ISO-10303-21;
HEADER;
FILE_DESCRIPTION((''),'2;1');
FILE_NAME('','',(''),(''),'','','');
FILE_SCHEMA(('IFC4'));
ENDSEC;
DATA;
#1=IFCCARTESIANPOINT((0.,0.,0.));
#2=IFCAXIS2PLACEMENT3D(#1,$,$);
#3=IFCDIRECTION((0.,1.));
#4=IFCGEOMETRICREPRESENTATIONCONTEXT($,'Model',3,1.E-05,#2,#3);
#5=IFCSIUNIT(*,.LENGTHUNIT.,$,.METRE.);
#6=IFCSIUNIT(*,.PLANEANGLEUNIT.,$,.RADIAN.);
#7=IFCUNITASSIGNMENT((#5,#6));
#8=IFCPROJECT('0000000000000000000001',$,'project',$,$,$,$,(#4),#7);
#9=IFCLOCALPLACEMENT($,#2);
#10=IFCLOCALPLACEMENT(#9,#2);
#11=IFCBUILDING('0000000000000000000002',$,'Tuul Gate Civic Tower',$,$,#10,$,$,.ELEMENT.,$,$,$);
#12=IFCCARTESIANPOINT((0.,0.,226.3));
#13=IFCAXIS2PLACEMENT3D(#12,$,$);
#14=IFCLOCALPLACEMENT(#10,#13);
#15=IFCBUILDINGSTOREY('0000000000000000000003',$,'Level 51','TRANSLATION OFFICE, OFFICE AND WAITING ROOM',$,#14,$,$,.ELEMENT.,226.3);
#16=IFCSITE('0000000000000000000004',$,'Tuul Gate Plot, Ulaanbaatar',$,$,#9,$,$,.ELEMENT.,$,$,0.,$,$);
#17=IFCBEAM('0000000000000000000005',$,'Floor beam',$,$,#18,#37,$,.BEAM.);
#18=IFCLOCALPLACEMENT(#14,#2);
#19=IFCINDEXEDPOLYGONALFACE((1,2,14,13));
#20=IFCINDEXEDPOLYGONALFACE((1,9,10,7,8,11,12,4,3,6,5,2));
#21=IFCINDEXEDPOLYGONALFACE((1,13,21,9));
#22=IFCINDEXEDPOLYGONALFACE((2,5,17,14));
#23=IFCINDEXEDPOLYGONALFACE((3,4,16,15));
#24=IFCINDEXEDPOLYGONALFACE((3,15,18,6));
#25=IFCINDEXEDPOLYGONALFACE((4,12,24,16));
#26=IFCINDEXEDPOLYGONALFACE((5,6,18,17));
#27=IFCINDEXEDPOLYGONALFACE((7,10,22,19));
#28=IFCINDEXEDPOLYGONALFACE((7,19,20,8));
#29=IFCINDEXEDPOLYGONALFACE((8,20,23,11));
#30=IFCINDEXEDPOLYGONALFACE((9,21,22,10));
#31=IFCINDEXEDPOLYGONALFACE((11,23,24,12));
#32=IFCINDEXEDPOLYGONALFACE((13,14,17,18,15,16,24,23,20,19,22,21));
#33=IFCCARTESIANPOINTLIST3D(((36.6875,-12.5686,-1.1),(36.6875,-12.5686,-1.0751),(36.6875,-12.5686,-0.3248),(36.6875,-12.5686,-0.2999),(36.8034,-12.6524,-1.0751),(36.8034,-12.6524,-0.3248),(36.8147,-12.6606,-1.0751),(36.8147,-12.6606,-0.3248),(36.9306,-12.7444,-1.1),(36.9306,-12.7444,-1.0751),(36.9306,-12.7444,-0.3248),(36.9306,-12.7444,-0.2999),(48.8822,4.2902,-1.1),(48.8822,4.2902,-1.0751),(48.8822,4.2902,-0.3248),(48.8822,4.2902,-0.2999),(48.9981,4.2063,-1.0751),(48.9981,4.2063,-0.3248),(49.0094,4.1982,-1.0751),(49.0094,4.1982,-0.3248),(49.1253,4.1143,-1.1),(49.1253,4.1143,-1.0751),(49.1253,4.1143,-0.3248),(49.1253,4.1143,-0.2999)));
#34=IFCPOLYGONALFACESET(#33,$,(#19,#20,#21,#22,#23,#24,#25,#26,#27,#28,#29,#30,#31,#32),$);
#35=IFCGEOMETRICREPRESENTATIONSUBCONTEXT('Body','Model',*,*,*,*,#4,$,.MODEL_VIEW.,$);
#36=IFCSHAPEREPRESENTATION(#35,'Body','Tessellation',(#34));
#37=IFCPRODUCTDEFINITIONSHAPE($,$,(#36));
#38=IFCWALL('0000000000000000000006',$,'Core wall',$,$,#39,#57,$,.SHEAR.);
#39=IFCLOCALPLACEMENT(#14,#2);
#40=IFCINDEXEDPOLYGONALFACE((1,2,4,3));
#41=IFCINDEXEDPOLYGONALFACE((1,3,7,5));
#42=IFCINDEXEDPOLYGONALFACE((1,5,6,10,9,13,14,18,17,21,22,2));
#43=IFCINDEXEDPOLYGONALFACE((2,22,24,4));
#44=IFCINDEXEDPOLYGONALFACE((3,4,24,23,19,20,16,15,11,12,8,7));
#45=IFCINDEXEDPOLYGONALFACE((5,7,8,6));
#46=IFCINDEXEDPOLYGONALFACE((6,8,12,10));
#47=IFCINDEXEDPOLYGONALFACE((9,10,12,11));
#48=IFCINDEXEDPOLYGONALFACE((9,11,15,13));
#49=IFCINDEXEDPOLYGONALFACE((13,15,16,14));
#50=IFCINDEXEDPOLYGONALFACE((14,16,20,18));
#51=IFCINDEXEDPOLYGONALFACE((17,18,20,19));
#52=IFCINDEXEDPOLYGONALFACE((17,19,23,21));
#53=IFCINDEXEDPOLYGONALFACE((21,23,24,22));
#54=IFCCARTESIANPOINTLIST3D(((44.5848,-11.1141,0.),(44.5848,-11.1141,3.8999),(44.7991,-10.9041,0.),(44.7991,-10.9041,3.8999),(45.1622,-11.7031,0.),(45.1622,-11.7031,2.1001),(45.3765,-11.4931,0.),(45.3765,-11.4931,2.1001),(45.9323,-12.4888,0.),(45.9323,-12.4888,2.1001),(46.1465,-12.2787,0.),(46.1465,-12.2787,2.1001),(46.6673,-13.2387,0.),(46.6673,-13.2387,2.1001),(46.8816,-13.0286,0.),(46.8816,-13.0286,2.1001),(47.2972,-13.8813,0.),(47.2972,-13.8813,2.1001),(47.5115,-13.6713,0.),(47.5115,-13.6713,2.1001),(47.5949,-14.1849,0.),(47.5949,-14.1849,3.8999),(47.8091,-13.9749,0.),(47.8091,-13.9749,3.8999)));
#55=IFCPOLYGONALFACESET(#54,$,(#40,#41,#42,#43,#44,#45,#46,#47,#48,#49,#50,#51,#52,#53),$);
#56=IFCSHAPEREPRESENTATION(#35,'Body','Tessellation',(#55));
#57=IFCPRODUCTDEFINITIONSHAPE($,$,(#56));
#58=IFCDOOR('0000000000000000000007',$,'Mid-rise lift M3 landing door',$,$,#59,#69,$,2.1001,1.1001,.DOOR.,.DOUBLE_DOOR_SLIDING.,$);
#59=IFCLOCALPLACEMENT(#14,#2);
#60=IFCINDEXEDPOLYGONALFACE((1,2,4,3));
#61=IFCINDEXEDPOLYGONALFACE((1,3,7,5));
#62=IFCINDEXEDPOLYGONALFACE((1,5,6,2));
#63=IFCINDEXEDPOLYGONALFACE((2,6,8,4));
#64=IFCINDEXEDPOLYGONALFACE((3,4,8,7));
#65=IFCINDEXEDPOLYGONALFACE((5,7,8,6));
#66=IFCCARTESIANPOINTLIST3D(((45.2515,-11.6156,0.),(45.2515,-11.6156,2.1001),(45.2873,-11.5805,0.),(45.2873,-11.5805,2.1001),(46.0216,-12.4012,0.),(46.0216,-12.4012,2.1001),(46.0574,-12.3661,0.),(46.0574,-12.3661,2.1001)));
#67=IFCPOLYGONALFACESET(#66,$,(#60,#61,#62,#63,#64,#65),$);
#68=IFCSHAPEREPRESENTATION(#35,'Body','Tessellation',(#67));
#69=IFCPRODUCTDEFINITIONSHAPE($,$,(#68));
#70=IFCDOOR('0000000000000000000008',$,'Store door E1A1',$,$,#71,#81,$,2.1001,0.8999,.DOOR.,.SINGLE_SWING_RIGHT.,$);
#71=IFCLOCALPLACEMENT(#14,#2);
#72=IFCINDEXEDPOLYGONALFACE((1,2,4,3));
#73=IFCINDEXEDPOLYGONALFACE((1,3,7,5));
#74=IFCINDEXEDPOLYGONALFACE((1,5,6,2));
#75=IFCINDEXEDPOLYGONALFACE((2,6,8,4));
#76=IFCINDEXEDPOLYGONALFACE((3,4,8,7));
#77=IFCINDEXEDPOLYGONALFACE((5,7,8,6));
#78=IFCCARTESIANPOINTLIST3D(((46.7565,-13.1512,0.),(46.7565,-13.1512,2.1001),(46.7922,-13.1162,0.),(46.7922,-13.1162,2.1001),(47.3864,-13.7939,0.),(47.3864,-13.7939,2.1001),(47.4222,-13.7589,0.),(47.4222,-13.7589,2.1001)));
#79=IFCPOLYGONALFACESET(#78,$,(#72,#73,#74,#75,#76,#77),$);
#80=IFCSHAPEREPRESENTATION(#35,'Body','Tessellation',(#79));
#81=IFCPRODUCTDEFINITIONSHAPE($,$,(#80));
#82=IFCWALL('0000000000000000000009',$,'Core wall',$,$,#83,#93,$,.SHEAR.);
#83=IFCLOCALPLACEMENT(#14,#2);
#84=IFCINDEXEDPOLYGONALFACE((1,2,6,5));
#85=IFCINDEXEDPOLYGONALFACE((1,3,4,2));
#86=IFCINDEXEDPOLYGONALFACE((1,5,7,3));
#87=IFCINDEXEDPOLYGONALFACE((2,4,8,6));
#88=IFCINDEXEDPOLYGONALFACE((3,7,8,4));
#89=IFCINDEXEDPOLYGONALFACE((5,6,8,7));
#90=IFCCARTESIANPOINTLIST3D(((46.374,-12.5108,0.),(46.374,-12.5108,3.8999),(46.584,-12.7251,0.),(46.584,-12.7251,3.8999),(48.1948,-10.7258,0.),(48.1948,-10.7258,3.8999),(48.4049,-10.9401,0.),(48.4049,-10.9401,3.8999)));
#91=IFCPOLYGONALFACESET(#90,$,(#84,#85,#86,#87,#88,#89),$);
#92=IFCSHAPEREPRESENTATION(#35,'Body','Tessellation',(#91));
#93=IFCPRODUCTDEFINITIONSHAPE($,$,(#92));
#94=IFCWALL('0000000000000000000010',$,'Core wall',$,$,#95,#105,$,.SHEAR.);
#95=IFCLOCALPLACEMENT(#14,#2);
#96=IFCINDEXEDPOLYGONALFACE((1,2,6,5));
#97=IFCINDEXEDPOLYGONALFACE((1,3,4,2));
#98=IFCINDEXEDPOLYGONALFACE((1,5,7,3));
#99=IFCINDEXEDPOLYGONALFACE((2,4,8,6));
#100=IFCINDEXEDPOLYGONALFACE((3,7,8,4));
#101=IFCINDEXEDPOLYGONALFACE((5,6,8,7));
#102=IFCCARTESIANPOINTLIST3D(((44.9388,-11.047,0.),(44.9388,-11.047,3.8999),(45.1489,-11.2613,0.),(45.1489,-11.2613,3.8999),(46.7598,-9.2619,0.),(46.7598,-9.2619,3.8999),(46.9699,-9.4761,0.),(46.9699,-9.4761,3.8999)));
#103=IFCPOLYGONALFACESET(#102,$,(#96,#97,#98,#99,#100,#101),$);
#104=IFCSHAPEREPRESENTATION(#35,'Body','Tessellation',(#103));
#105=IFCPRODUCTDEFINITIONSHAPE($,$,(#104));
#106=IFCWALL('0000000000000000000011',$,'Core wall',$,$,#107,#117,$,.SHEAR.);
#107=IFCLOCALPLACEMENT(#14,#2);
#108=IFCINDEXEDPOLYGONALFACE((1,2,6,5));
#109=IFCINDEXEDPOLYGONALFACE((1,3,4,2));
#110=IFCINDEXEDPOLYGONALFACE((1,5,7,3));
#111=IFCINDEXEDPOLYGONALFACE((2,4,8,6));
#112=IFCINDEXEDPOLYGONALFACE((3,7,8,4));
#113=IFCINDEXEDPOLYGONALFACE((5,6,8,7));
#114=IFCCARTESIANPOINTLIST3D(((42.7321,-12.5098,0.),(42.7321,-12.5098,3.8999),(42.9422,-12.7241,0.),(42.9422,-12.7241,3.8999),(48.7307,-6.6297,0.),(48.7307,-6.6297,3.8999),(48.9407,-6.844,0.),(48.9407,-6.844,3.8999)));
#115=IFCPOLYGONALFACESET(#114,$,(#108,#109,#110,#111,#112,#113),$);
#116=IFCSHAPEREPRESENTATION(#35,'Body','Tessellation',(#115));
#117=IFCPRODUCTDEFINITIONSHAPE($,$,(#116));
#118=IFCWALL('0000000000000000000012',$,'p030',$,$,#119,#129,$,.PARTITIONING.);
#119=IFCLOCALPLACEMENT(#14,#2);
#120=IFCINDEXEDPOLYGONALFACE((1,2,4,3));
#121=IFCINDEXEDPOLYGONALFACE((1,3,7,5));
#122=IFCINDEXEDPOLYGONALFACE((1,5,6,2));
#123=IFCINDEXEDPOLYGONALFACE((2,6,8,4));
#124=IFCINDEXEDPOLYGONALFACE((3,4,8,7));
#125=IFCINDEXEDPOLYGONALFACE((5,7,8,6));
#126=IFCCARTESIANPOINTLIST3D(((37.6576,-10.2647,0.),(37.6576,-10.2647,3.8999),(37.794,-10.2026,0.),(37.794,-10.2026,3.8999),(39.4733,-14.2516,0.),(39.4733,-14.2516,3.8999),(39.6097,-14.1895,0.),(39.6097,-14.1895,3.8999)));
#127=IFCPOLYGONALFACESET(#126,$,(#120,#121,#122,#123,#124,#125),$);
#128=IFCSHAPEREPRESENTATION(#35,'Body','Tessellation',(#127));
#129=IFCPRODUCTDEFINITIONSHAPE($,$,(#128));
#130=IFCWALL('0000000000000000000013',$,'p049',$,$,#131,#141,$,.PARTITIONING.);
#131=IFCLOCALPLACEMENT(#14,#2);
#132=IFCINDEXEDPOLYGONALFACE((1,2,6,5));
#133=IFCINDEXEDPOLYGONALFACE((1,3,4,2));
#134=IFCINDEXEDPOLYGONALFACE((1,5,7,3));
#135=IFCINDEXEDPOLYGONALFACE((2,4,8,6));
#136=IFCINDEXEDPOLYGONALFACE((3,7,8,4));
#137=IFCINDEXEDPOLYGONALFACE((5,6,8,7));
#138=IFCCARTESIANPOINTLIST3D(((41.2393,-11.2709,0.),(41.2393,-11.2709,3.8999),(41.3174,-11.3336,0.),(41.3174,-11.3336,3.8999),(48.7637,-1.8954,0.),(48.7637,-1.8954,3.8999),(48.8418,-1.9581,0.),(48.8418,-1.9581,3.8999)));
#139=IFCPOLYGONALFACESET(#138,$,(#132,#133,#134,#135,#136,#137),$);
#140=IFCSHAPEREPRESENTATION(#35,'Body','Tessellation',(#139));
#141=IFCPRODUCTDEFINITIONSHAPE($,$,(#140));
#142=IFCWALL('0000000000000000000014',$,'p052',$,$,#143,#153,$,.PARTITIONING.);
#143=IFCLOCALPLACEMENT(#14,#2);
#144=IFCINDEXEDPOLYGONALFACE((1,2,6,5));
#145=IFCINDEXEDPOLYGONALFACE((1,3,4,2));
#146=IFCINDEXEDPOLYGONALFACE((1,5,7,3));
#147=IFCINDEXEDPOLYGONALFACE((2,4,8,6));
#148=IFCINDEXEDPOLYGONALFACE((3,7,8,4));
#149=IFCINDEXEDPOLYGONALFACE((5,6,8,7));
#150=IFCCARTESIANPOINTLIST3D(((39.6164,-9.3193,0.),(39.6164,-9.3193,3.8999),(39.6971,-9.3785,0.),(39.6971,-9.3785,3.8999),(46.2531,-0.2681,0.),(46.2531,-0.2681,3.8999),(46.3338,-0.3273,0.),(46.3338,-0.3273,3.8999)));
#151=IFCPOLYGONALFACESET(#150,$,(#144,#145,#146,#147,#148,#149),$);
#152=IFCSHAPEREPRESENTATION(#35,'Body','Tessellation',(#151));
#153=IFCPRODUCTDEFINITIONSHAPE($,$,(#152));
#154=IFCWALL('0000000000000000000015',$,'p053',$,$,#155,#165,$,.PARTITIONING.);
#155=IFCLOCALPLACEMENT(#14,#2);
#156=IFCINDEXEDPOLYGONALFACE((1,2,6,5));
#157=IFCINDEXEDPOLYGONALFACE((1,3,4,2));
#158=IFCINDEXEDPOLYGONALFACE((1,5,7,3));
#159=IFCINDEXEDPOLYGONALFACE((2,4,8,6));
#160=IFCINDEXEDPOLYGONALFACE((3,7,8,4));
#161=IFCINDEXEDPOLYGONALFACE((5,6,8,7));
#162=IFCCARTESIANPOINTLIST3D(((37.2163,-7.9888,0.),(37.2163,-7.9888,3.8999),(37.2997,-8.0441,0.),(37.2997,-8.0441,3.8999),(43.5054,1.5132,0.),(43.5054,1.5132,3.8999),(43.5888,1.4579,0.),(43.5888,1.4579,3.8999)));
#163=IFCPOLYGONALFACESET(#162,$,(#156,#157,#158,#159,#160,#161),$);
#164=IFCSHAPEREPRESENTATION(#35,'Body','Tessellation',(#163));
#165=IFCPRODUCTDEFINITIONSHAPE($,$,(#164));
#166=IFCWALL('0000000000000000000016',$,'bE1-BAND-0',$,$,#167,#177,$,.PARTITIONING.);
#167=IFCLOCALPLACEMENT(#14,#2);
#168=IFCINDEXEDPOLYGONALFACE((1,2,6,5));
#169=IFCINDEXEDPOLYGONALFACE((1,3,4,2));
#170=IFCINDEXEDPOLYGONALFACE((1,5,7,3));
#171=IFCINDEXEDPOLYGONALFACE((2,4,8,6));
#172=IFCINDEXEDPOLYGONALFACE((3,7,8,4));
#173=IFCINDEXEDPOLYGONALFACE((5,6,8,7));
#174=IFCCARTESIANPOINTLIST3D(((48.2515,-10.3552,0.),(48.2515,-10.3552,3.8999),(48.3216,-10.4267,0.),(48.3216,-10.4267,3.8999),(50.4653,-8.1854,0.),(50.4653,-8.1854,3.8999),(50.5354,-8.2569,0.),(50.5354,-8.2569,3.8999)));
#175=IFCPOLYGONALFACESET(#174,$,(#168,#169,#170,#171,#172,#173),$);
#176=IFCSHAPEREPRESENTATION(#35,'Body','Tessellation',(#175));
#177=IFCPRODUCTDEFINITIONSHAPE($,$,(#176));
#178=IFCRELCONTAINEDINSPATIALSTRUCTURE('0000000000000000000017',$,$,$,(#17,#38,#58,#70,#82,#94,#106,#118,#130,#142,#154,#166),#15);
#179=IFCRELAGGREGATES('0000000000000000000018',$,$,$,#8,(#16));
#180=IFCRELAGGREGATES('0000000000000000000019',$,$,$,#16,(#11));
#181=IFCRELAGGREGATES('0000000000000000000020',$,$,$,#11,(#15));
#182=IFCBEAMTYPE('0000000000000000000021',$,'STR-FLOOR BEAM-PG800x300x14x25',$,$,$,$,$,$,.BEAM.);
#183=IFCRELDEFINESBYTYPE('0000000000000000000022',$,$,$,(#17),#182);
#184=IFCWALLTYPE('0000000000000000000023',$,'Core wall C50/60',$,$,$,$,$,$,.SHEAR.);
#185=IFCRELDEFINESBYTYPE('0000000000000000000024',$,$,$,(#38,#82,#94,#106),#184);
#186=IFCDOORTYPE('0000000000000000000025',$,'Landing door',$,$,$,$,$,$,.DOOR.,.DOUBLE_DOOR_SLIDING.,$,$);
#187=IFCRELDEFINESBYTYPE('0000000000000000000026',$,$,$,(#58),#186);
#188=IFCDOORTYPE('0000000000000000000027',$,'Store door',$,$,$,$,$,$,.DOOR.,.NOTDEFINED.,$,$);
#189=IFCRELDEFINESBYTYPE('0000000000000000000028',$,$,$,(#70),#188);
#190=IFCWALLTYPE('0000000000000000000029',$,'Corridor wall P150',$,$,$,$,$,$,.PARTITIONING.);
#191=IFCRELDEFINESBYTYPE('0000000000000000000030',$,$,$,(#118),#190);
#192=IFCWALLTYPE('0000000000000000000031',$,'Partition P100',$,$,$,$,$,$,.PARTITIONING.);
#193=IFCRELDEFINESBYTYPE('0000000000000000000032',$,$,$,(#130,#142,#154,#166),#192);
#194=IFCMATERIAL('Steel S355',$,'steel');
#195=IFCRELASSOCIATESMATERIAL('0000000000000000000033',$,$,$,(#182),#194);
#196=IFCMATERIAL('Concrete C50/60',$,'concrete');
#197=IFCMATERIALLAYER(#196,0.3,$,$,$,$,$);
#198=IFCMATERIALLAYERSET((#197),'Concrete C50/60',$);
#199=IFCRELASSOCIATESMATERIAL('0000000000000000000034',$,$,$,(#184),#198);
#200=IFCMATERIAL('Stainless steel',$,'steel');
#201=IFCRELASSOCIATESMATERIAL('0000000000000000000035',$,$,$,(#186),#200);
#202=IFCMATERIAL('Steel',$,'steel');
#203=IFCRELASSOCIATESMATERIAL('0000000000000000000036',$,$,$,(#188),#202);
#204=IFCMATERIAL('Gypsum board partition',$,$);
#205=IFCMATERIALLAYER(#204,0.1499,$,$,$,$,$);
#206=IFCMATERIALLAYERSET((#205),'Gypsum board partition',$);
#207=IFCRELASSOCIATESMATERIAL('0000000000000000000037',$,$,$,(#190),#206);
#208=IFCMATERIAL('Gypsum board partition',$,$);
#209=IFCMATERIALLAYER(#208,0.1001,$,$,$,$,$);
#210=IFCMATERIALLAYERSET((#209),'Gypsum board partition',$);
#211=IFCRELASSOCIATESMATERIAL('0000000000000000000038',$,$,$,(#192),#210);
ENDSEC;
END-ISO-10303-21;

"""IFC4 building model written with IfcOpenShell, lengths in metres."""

from ifc_helpers import new_model, si_unit, direction, frame, frame_2d, origin, origin_2d, place, context, subcontext, project, spatial, rectangle, i_section, extrude, material, layer, layer_set, material_profile, profile_set, type_object, element, fill, save


model = new_model("IFC4")

# Units and contexts
model_context = context("Model", 3, precision=1e-05, world=origin(), true_north=direction((0.0, 1.0)))
body_context = subcontext(model_context, "Body", "Model", "MODEL_VIEW")
ifc_project = project(units=[si_unit("LENGTHUNIT", "METRE"), si_unit("PLANEANGLEUNIT", "RADIAN")], contexts=[model_context])

# Site, building, storey
site_placement = place(None, origin())
site = spatial("IfcSite", under=ifc_project, at=site_placement, Name="Tuul Gate Plot, Ulaanbaatar", CompositionType="ELEMENT", RefElevation=0.0)
building_placement = place(site_placement, origin())
building = spatial("IfcBuilding", under=site, at=building_placement, Name="Tuul Gate Civic Tower", CompositionType="ELEMENT")
storey_placement = place(building_placement, frame((0.0, 0.0, 226.3)))
storey = spatial("IfcBuildingStorey", under=building, at=storey_placement, Name="Level 51", Description="TRANSLATION OFFICE, OFFICE AND WAITING ROOM", CompositionType="ELEMENT", Elevation=226.3)

# Beam
ifc_material_1 = material(Name="Steel S355", Category="steel")
ifc_material_profile = material_profile(ifc_material_1, i_section(OverallWidth=0.3, OverallDepth=0.8, WebThickness=0.0139, FlangeThickness=0.0249, at=origin_2d()), Name="PG800x300x14x25")
ifc_profile_set = profile_set([ifc_material_profile], Name="Steel S355")
beam_type = type_object("IfcBeamType", Name="STR-FLOOR BEAM-PG800x300x14x25", PredefinedType="BEAM", material=ifc_profile_set)
beam_placement = place(storey_placement, frame((36.8091, -12.6565, -0.7), z_axis=(0.586087, 0.810248, 0.0), x_axis=(-0.810248, 0.586087, 0.0)))
element("IfcBeam", 1, at=beam_placement, inside=storey, type_object=beam_type, Name="Floor beam", PredefinedType="BEAM", context=body_context, shape_type="SweptSolid", body=[
    extrude(i_section(OverallWidth=0.3, OverallDepth=0.8, WebThickness=0.0139, FlangeThickness=0.0249, at=origin_2d()), origin(), (0.0, 0.0, 1.0), 20.8069),
])

# Wall, openings, doors
ifc_material_2 = material(Name="Concrete C50/60", Category="concrete")
ifc_layer_1 = layer(ifc_material_2, 0.3)
ifc_layer_set_1 = layer_set([ifc_layer_1], Name="Concrete C50/60")
wall_type_1 = type_object("IfcWallType", Name="Core wall C50/60", PredefinedType="SHEAR", material=ifc_layer_set_1)
wall_1_placement = place(storey_placement, frame((47.7019, -14.0798, 0.0), z_axis=(0.0, 0.0, 1.0), x_axis=(-0.700003, 0.71414, 0.0)))
wall_1 = element("IfcWall", 2, at=wall_1_placement, inside=storey, type_object=wall_type_1, Name="Core wall", PredefinedType="SHEAR", context=body_context, shape_type="SweptSolid", body=[
    extrude(rectangle(XDim=4.3, YDim=0.3, at=frame_2d((2.1499, 0.0))), origin(), (0.0, 0.0, 1.0), 3.8999),
])
opening_1_placement = place(wall_1_placement, frame((0.425, 0.0, 0.0)))
opening_1 = element("IfcOpeningElement", 3, at=opening_1_placement, cuts=wall_1, PredefinedType="OPENING", context=body_context, shape_type="SweptSolid", body=[
    extrude(rectangle(XDim=0.8999, YDim=2.1001, at=frame_2d((0.45, 1.05))), frame((0.0, 0.1602, 0.0), z_axis=(0.0, -1.0, 0.0), x_axis=(1.0, 0.0, 0.0)), (0.0, 0.0, 1.0), 0.3201),
])
opening_2_placement = place(wall_1_placement, frame((2.375, 0.0, 0.0)))
opening_2 = element("IfcOpeningElement", 4, at=opening_2_placement, cuts=wall_1, PredefinedType="OPENING", context=body_context, shape_type="SweptSolid", body=[
    extrude(rectangle(XDim=1.1001, YDim=2.1001, at=frame_2d((0.55, 1.05))), frame((0.0, 0.1602, 0.0), z_axis=(0.0, -1.0, 0.0), x_axis=(1.0, 0.0, 0.0)), (0.0, 0.0, 1.0), 0.3201),
])
ifc_material_3 = material(Name="Stainless steel", Category="steel")
door_type_1 = type_object("IfcDoorType", Name="Landing door", OperationType="DOUBLE_DOOR_SLIDING", PredefinedType="DOOR", material=ifc_material_3)
door_1_placement = place(opening_2_placement, origin())
door_1 = element("IfcDoor", 5, at=door_1_placement, inside=storey, type_object=door_type_1, Name="Mid-rise lift M3 landing door", OperationType="DOUBLE_DOOR_SLIDING", OverallHeight=2.1001, OverallWidth=1.1001, PredefinedType="DOOR", context=body_context, shape_type="SweptSolid", body=[
    extrude(rectangle(XDim=1.1001, YDim=2.1001, at=frame_2d((0.55, 1.05))), frame((0.0, 0.0249, 0.0), z_axis=(0.0, -1.0, 0.0), x_axis=(1.0, 0.0, 0.0)), (0.0, 0.0, 1.0), 0.05),
])
fill(opening_2, door_1)
ifc_material_4 = material(Name="Steel", Category="steel")
door_type_2 = type_object("IfcDoorType", Name="Store door", OperationType="NOTDEFINED", PredefinedType="DOOR", material=ifc_material_4)
door_2_placement = place(opening_1_placement, frame((0.8999, 0.0, 0.0), z_axis=(0.0, 0.0, 1.0), x_axis=(-1.0, 0.0, 0.0)))
door_2 = element("IfcDoor", 6, at=door_2_placement, inside=storey, type_object=door_type_2, Name="Store door E1A1", OperationType="SINGLE_SWING_RIGHT", OverallHeight=2.1001, OverallWidth=0.8999, PredefinedType="DOOR", context=body_context, shape_type="SweptSolid", body=[
    extrude(rectangle(XDim=0.8999, YDim=2.1001, at=frame_2d((0.45, 1.05))), frame((0.0, 0.0249, 0.0), z_axis=(0.0, -1.0, 0.0), x_axis=(1.0, 0.0, 0.0)), (0.0, 0.0, 1.0), 0.05),
])
fill(opening_1, door_2)

# Walls
wall_2_placement = place(storey_placement, frame((46.479, -12.6179, 0.0), z_axis=(0.0, 0.0, 1.0), x_axis=(0.714109, 0.700034, 0.0)))
element("IfcWall", 7, at=wall_2_placement, inside=storey, type_object=wall_type_1, Name="Core wall", PredefinedType="SHEAR", context=body_context, shape_type="SweptSolid", body=[
    extrude(rectangle(XDim=2.5498, YDim=0.3, at=frame_2d((1.2749, 0.0))), origin(), (0.0, 0.0, 1.0), 3.8999),
])
wall_3_placement = place(storey_placement, frame((45.0439, -11.1541, 0.0), z_axis=(0.0, 0.0, 1.0), x_axis=(0.714108, 0.700035, 0.0)))
element("IfcWall", 8, at=wall_3_placement, inside=storey, type_object=wall_type_1, Name="Core wall", PredefinedType="SHEAR", context=body_context, shape_type="SweptSolid", body=[
    extrude(rectangle(XDim=2.55, YDim=0.3, at=frame_2d((1.2749, 0.0))), origin(), (0.0, 0.0, 1.0), 3.8999),
])
wall_4_placement = place(storey_placement, frame((42.8372, -12.6169, 0.0), z_axis=(0.0, 0.0, 1.0), x_axis=(0.71412, 0.700023, 0.0)))
element("IfcWall", 9, at=wall_4_placement, inside=storey, type_object=wall_type_1, Name="Core wall", PredefinedType="SHEAR", context=body_context, shape_type="SweptSolid", body=[
    extrude(rectangle(XDim=8.3999, YDim=0.3, at=frame_2d((4.2, 0.0))), origin(), (0.0, 0.0, 1.0), 3.8999),
])
ifc_material_5 = material(Name="Gypsum board partition")
ifc_layer_2 = layer(ifc_material_5, 0.1499)
ifc_layer_set_2 = layer_set([ifc_layer_2], Name="Gypsum board partition")
wall_type_2 = type_object("IfcWallType", Name="Corridor wall P150", PredefinedType="PARTITIONING", material=ifc_layer_set_2)
wall_5_placement = place(storey_placement, frame((37.7258, -10.2336, 0.0), z_axis=(0.0, 0.0, 1.0), x_axis=(0.414462, -0.910067, 0.0)))
element("IfcWall", 10, at=wall_5_placement, inside=storey, type_object=wall_type_2, Name="p030", PredefinedType="PARTITIONING", context=body_context, shape_type="SweptSolid", body=[
    extrude(rectangle(XDim=4.3809, YDim=0.1499, at=frame_2d((2.1904, 0.0))), origin(), (0.0, 0.0, 1.0), 3.8999),
])
ifc_material_6 = material(Name="Gypsum board partition")
ifc_layer_3 = layer(ifc_material_6, 0.1001)
ifc_layer_set_3 = layer_set([ifc_layer_3], Name="Gypsum board partition")
wall_type_3 = type_object("IfcWallType", Name="Partition P100", PredefinedType="PARTITIONING", material=ifc_layer_set_3)
wall_6_placement = place(storey_placement, frame((41.2783, -11.3022, 0.0), z_axis=(0.0, 0.0, 1.0), x_axis=(0.625913, 0.779893, 0.0)))
element("IfcWall", 11, at=wall_6_placement, inside=storey, type_object=wall_type_3, Name="p049", PredefinedType="PARTITIONING", context=body_context, shape_type="SweptSolid", body=[
    extrude(rectangle(XDim=12.0215, YDim=0.1001, at=frame_2d((6.0107, 0.0))), origin(), (0.0, 0.0, 1.0), 3.8999),
])
wall_7_placement = place(storey_placement, frame((39.6567, -9.3489, 0.0), z_axis=(0.0, 0.0, 1.0), x_axis=(0.591313, 0.806442, 0.0)))
element("IfcWall", 12, at=wall_7_placement, inside=storey, type_object=wall_type_3, Name="p052", PredefinedType="PARTITIONING", context=body_context, shape_type="SweptSolid", body=[
    extrude(rectangle(XDim=11.2236, YDim=0.1001, at=frame_2d((5.6118, 0.0))), origin(), (0.0, 0.0, 1.0), 3.8999),
])
wall_8_placement = place(storey_placement, frame((37.2581, -8.0164, 0.0), z_axis=(0.0, 0.0, 1.0), x_axis=(0.551928, 0.833892, 0.0)))
element("IfcWall", 13, at=wall_8_placement, inside=storey, type_object=wall_type_3, Name="p053", PredefinedType="PARTITIONING", context=body_context, shape_type="SweptSolid", body=[
    extrude(rectangle(XDim=11.3948, YDim=0.1001, at=frame_2d((5.6973, 0.0))), origin(), (0.0, 0.0, 1.0), 3.8999),
])
wall_9_placement = place(storey_placement, frame((48.2866, -10.3909, 0.0), z_axis=(0.0, 0.0, 1.0), x_axis=(0.714159, 0.699983, 0.0)))
element("IfcWall", 14, at=wall_9_placement, inside=storey, type_object=wall_type_3, Name="bE1-BAND-0", PredefinedType="PARTITIONING", context=body_context, shape_type="SweptSolid", body=[
    extrude(rectangle(XDim=3.0999, YDim=0.1001, at=frame_2d((1.5498, 0.0))), origin(), (0.0, 0.0, 1.0), 3.8999),
])

save(model, "model.ifc")
